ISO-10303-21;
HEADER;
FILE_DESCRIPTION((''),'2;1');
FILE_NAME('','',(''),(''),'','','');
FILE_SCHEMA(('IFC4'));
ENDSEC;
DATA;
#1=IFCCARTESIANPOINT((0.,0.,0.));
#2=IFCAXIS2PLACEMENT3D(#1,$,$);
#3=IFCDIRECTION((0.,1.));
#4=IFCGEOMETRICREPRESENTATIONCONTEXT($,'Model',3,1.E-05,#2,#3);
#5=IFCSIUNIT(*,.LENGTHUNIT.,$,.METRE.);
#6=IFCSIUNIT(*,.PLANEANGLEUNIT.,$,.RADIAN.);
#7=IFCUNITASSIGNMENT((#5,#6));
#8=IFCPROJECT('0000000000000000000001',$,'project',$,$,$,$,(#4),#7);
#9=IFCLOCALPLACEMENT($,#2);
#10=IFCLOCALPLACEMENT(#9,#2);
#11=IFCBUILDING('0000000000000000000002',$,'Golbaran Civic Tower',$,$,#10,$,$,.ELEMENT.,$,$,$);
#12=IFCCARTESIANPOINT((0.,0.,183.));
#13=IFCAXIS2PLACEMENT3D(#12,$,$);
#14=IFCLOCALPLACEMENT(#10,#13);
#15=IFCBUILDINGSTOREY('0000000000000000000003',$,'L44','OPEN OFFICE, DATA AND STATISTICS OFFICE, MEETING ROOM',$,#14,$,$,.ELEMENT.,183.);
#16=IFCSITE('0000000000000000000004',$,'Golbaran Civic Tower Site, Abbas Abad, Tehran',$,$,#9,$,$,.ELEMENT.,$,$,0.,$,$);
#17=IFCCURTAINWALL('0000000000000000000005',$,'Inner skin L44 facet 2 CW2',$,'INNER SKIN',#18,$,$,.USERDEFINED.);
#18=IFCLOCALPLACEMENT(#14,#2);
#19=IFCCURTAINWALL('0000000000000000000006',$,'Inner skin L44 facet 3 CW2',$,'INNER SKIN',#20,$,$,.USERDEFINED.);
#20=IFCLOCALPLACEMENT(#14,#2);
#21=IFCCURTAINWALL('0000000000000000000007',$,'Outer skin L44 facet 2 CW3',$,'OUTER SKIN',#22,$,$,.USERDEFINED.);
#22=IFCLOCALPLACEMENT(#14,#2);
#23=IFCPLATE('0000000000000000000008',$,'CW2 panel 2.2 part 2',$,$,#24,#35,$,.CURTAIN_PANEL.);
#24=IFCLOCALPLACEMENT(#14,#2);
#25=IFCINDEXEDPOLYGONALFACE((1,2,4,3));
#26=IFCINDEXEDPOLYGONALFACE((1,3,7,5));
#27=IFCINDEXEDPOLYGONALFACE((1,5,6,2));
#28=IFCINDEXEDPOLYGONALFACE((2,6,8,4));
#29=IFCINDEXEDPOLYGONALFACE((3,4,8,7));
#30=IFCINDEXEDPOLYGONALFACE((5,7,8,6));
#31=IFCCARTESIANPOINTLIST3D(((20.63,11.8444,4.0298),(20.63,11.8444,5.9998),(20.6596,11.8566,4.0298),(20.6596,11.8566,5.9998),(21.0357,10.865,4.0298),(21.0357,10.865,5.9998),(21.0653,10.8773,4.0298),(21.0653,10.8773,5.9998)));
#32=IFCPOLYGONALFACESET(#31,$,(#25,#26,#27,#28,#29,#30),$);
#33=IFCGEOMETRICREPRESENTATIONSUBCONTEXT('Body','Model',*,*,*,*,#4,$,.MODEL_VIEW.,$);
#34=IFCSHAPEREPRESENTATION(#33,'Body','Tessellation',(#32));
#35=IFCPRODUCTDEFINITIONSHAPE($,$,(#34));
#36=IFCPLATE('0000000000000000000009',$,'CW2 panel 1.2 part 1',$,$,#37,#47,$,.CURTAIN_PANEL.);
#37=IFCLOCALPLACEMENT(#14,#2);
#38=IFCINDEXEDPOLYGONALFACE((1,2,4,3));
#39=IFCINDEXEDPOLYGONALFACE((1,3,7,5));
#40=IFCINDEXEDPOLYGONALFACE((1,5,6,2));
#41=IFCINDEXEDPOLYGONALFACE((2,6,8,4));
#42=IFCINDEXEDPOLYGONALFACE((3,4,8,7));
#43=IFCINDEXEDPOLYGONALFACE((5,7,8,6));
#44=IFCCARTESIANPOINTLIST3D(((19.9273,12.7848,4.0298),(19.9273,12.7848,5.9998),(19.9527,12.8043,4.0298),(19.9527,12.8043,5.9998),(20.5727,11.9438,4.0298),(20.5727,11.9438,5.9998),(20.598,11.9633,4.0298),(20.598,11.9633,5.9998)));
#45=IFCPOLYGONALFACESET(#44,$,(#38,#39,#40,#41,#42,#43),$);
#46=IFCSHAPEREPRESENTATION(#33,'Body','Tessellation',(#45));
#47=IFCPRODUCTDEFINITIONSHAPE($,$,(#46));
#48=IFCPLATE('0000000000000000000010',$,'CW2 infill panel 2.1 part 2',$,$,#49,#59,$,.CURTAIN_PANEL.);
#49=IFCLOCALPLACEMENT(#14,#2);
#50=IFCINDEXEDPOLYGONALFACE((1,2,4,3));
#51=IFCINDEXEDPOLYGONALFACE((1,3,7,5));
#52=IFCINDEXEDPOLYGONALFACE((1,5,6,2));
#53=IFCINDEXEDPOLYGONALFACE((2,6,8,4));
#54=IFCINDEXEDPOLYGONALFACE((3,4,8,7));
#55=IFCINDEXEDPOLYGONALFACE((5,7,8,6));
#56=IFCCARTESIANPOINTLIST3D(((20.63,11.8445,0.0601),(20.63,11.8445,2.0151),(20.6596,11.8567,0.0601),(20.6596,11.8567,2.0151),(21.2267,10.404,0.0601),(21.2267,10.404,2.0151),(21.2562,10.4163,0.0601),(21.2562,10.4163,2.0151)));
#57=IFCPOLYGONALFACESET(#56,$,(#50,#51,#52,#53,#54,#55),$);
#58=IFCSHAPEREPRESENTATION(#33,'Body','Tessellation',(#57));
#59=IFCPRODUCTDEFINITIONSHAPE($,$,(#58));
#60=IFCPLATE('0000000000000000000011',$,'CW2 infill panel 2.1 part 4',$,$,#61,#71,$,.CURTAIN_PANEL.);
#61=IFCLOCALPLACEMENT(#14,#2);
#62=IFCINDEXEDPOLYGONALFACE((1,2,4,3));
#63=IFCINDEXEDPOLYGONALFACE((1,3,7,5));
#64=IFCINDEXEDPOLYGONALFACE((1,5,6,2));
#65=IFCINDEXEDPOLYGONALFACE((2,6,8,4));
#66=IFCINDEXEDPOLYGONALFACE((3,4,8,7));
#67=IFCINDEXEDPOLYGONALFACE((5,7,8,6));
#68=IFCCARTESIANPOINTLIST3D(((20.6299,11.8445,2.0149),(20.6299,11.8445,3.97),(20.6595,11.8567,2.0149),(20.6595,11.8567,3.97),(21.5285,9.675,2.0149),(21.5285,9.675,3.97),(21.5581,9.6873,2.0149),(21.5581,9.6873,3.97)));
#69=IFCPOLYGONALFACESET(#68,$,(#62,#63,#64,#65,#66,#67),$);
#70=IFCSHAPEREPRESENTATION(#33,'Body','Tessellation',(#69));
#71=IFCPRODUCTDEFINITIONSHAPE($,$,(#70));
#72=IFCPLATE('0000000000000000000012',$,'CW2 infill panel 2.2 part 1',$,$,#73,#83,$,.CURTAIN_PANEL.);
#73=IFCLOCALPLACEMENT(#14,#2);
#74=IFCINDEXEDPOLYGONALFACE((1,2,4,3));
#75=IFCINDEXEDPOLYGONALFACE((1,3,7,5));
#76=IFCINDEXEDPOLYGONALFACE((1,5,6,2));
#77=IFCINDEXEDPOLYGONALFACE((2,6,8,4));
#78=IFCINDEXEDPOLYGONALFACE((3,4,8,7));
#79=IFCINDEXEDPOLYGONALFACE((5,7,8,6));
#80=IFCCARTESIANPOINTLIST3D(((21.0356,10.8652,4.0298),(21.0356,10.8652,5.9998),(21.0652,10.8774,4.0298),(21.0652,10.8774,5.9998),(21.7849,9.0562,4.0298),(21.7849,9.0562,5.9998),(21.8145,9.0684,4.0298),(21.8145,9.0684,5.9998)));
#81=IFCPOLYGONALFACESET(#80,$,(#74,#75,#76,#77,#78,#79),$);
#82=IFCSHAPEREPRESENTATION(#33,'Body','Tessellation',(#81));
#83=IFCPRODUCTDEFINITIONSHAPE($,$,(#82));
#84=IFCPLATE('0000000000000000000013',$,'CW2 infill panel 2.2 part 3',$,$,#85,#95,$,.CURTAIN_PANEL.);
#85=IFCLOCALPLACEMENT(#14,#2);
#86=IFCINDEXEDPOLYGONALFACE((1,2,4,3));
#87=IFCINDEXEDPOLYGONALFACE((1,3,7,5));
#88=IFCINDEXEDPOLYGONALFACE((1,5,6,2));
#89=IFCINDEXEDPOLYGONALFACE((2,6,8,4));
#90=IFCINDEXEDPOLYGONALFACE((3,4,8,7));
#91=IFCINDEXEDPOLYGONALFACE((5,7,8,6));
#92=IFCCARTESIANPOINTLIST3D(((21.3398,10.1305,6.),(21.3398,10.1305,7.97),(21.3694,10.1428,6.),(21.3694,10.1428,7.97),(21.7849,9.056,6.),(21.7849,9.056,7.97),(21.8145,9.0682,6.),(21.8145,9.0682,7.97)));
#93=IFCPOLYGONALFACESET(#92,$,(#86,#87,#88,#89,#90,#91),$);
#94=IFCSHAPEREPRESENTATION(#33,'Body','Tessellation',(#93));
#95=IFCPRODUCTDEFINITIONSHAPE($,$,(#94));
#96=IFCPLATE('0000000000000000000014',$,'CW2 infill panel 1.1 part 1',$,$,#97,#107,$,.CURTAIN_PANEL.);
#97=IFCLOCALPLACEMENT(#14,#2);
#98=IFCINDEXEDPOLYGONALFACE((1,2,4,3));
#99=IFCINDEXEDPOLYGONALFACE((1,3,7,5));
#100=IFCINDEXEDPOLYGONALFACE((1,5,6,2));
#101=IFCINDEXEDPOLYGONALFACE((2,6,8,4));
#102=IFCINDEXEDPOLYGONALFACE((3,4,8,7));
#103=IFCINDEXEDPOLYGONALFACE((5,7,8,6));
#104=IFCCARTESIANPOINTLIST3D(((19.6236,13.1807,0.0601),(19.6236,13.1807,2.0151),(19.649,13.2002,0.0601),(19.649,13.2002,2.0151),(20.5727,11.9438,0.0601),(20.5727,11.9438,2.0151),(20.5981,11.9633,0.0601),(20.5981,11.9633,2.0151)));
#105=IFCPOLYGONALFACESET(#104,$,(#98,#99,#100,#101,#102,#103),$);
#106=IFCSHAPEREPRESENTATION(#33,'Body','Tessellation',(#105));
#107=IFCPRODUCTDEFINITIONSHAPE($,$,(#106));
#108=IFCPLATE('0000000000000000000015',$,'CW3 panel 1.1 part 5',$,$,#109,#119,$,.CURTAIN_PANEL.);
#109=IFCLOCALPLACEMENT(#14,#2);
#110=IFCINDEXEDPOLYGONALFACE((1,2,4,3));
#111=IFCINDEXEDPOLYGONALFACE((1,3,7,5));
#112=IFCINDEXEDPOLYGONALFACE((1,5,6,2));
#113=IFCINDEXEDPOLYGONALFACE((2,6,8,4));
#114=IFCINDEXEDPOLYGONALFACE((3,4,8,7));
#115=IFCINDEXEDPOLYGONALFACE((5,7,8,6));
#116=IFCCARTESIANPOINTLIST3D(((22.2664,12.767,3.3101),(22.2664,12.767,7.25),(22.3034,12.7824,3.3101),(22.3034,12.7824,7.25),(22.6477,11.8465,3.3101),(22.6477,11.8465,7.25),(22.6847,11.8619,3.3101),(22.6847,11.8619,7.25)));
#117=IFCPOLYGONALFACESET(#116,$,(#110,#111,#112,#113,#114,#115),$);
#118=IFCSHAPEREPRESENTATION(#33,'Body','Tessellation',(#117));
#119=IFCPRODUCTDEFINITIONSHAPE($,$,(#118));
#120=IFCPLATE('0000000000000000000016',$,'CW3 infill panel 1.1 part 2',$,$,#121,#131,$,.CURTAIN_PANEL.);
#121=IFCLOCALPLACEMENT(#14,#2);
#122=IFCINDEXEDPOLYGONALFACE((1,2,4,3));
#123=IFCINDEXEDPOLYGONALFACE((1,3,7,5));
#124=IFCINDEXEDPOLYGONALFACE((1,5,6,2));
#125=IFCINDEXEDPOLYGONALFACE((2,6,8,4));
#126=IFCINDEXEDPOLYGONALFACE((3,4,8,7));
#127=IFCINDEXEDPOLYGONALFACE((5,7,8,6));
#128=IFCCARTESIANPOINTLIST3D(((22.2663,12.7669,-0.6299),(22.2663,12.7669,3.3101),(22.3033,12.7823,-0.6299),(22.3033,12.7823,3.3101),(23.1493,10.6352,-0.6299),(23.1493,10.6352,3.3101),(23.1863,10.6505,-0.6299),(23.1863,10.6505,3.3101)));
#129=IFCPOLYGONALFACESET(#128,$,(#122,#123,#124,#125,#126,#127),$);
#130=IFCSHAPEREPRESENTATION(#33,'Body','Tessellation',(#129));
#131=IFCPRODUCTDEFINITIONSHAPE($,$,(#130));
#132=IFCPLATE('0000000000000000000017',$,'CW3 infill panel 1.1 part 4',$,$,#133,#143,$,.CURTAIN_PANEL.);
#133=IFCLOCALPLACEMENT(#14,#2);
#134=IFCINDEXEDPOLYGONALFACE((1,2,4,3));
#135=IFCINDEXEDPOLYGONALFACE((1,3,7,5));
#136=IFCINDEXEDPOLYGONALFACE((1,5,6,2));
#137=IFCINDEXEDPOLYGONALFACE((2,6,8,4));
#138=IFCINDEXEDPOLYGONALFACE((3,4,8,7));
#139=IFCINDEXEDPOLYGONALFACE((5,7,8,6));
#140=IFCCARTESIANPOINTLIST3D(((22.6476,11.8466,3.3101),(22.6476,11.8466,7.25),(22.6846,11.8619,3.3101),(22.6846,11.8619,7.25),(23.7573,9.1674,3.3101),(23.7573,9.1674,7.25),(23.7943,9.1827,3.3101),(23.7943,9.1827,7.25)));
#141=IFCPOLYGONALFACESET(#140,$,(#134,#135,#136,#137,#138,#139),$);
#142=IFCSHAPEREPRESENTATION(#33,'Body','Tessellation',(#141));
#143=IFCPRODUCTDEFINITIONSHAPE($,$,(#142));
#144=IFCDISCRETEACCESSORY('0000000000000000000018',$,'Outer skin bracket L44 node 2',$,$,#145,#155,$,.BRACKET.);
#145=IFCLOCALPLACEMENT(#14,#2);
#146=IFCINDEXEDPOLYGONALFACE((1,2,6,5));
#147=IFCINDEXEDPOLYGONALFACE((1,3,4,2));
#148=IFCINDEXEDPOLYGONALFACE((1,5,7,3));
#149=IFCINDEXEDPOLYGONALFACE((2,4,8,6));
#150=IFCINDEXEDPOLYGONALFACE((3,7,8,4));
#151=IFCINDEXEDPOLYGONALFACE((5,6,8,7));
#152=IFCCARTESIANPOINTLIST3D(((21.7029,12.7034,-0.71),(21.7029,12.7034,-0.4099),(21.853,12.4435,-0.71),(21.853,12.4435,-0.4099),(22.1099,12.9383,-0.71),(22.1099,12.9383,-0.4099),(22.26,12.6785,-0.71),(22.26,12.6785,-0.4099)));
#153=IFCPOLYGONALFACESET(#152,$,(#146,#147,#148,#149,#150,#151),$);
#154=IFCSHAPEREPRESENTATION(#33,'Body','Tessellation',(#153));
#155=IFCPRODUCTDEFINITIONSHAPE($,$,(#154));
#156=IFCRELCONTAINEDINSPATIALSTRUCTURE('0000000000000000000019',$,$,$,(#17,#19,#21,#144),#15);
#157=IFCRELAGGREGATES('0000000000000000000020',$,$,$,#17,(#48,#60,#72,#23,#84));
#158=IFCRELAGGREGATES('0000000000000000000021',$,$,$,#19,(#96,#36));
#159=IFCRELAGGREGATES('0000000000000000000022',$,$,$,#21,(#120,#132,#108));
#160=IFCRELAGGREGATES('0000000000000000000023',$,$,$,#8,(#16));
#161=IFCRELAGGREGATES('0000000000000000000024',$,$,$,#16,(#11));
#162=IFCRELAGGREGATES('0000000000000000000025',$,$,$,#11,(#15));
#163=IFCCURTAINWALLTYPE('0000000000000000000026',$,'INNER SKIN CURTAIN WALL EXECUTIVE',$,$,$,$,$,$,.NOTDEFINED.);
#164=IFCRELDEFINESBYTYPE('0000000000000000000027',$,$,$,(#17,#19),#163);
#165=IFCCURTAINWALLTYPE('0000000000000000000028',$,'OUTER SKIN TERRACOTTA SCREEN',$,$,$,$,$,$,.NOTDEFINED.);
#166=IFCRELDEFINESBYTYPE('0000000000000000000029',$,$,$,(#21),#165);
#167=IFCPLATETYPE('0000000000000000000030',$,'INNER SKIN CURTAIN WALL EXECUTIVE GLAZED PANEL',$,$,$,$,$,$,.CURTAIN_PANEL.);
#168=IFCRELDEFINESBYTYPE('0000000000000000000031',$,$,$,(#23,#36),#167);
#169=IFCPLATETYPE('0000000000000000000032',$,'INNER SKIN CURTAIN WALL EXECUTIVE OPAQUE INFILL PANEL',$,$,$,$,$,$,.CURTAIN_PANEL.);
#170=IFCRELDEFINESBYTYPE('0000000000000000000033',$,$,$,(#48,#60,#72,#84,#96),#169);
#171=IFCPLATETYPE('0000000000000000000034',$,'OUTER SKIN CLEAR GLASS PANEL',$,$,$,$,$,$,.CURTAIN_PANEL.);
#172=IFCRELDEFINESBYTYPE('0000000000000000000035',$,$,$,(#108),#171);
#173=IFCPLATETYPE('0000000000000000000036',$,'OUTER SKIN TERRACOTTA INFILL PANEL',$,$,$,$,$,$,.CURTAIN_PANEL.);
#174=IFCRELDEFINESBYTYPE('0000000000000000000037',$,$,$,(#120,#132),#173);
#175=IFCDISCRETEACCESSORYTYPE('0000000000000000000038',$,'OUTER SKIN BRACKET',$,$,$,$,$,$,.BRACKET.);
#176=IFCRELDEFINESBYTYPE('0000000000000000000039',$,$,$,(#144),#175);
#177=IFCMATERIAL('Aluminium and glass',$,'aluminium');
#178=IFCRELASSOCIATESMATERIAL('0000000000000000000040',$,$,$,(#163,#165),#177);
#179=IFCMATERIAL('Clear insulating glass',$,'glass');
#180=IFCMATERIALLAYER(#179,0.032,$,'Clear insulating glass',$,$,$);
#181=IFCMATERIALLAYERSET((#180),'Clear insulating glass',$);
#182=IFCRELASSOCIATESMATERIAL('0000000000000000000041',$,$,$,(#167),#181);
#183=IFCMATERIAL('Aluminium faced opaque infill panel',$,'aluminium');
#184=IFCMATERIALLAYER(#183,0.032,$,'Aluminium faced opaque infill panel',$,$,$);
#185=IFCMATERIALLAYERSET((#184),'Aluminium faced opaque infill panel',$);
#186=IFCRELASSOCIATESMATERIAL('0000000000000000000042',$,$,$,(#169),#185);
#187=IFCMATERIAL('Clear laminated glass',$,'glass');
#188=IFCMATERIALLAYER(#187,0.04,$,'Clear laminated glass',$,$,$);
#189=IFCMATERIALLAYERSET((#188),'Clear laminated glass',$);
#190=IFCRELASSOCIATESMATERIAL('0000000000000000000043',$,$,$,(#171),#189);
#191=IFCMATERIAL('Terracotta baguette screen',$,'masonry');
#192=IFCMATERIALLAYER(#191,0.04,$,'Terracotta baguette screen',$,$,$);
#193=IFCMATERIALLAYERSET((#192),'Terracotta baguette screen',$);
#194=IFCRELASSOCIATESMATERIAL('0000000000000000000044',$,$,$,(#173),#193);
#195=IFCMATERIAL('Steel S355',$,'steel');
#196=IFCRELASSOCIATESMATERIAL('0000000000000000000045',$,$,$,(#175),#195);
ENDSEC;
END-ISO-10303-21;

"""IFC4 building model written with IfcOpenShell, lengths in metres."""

from ifc_helpers import new_model, si_unit, direction, frame, origin, origin_2d, place, context, subcontext, project, spatial, rectangle, extrude, material, layer, layer_set, type_object, element, aggregate, save


model = new_model("IFC4")

# Units and contexts
model_context = context("Model", 3, precision=1e-05, world=origin(), true_north=direction((0.0, 1.0)))
body_context = subcontext(model_context, "Body", "Model", "MODEL_VIEW")
ifc_project = project(units=[si_unit("LENGTHUNIT", "METRE"), si_unit("PLANEANGLEUNIT", "RADIAN")], contexts=[model_context])

# Site, building, storey
site_placement = place(None, origin())
site = spatial("IfcSite", under=ifc_project, at=site_placement, Name="Golbaran Civic Tower Site, Abbas Abad, Tehran", CompositionType="ELEMENT", RefElevation=0.0)
building_placement = place(site_placement, origin())
building = spatial("IfcBuilding", under=site, at=building_placement, Name="Golbaran Civic Tower", CompositionType="ELEMENT")
storey_placement = place(building_placement, frame((0.0, 0.0, 183.0)))
storey = spatial("IfcBuildingStorey", under=building, at=storey_placement, Name="L44", Description="OPEN OFFICE, DATA AND STATISTICS OFFICE, MEETING ROOM", CompositionType="ELEMENT", Elevation=183.0)

# Shared definitions
ifc_material_1 = material(Name="Steel S355", Category="steel")

# Curtain wall
ifc_material_2 = material(Name="Aluminium and glass", Category="aluminium")
curtain_wall_type_1 = type_object("IfcCurtainWallType", Name="INNER SKIN CURTAIN WALL EXECUTIVE", PredefinedType="NOTDEFINED", material=ifc_material_2)
curtain_wall_1_placement = place(storey_placement, origin())
curtain_wall_1 = element("IfcCurtainWall", 1, at=curtain_wall_1_placement, inside=storey, type_object=curtain_wall_type_1, Name="Inner skin L44 facet 2 CW2", ObjectType="INNER SKIN", PredefinedType="USERDEFINED")

# Curtain wall
curtain_wall_2_placement = place(storey_placement, origin())
curtain_wall_2 = element("IfcCurtainWall", 2, at=curtain_wall_2_placement, inside=storey, type_object=curtain_wall_type_1, Name="Inner skin L44 facet 3 CW2", ObjectType="INNER SKIN", PredefinedType="USERDEFINED")

# Curtain wall
curtain_wall_type_2 = type_object("IfcCurtainWallType", Name="OUTER SKIN TERRACOTTA SCREEN", PredefinedType="NOTDEFINED", material=ifc_material_2)
curtain_wall_3_placement = place(storey_placement, origin())
curtain_wall_3 = element("IfcCurtainWall", 3, at=curtain_wall_3_placement, inside=storey, type_object=curtain_wall_type_2, Name="Outer skin L44 facet 2 CW3", ObjectType="OUTER SKIN", PredefinedType="USERDEFINED")

# Plates
ifc_material_3 = material(Name="Clear insulating glass", Category="glass")
ifc_layer_1 = layer(ifc_material_3, 0.032, Name="Clear insulating glass")
ifc_layer_set_1 = layer_set([ifc_layer_1], Name="Clear insulating glass")
plate_type_1 = type_object("IfcPlateType", Name="INNER SKIN CURTAIN WALL EXECUTIVE GLAZED PANEL", PredefinedType="CURTAIN_PANEL", material=ifc_layer_set_1)
plate_1_placement = place(storey_placement, frame((20.8477, 11.3608, 4.0298), z_axis=(0.0, 0.0, 1.0), x_axis=(-0.382683, 0.92388, 0.0)))
plate_1 = element("IfcPlate", 4, at=plate_1_placement, type_object=plate_type_1, Name="CW2 panel 2.2 part 2", PredefinedType="CURTAIN_PANEL", context=body_context, shape_type="SweptSolid", body=[
    extrude(rectangle(XDim=1.0601, YDim=0.032, at=origin_2d()), origin(), (0.0, 0.0, 1.0), 1.97),
])
plate_2_placement = place(storey_placement, frame((20.2627, 12.374, 4.0298), z_axis=(0.0, 0.0, 1.0), x_axis=(-0.608761, 0.793353, 0.0)))
plate_2 = element("IfcPlate", 5, at=plate_2_placement, type_object=plate_type_1, Name="CW2 panel 1.2 part 1", PredefinedType="CURTAIN_PANEL", context=body_context, shape_type="SweptSolid", body=[
    extrude(rectangle(XDim=1.0601, YDim=0.032, at=origin_2d()), origin(), (0.0, 0.0, 1.0), 1.97),
])
ifc_material_4 = material(Name="Aluminium faced opaque infill panel", Category="aluminium")
ifc_layer_2 = layer(ifc_material_4, 0.032, Name="Aluminium faced opaque infill panel")
ifc_layer_set_2 = layer_set([ifc_layer_2], Name="Aluminium faced opaque infill panel")
plate_type_2 = type_object("IfcPlateType", Name="INNER SKIN CURTAIN WALL EXECUTIVE OPAQUE INFILL PANEL", PredefinedType="CURTAIN_PANEL", material=ifc_layer_set_2)
plate_3_placement = place(storey_placement, frame((20.9431, 11.1304, 0.0601), z_axis=(0.0, 0.0, 1.0), x_axis=(-0.382683, 0.92388, 0.0)))
plate_3 = element("IfcPlate", 6, at=plate_3_placement, type_object=plate_type_2, Name="CW2 infill panel 2.1 part 2", PredefinedType="CURTAIN_PANEL", context=body_context, shape_type="SweptSolid", body=[
    extrude(rectangle(XDim=1.5591, YDim=0.032, at=origin_2d()), origin(), (0.0, 0.0, 1.0), 1.9551),
])
plate_4_placement = place(storey_placement, frame((21.094, 10.7659, 2.0149), z_axis=(0.0, 0.0, 1.0), x_axis=(-0.382683, 0.92388, 0.0)))
plate_4 = element("IfcPlate", 7, at=plate_4_placement, type_object=plate_type_2, Name="CW2 infill panel 2.1 part 4", PredefinedType="CURTAIN_PANEL", context=body_context, shape_type="SweptSolid", body=[
    extrude(rectangle(XDim=2.3481, YDim=0.032, at=origin_2d()), origin(), (0.0, 0.0, 1.0), 1.9551),
])
plate_5_placement = place(storey_placement, frame((21.425, 9.9668, 4.0298), z_axis=(0.0, 0.0, 1.0), x_axis=(-0.382683, 0.92388, 0.0)))
plate_5 = element("IfcPlate", 8, at=plate_5_placement, type_object=plate_type_2, Name="CW2 infill panel 2.2 part 1", PredefinedType="CURTAIN_PANEL", context=body_context, shape_type="SweptSolid", body=[
    extrude(rectangle(XDim=1.958, YDim=0.032, at=origin_2d()), origin(), (0.0, 0.0, 1.0), 1.97),
])
plate_6_placement = place(storey_placement, frame((21.5771, 9.5994, 6.0), z_axis=(0.0, 0.0, 1.0), x_axis=(-0.382683, 0.92388, 0.0)))
plate_6 = element("IfcPlate", 9, at=plate_6_placement, type_object=plate_type_2, Name="CW2 infill panel 2.2 part 3", PredefinedType="CURTAIN_PANEL", context=body_context, shape_type="SweptSolid", body=[
    extrude(rectangle(XDim=1.1631, YDim=0.032, at=origin_2d()), origin(), (0.0, 0.0, 1.0), 1.97),
])
aggregate(curtain_wall_1, [plate_3, plate_4, plate_5, plate_1, plate_6])
plate_7_placement = place(storey_placement, frame((20.1108, 12.572, 0.0601), z_axis=(0.0, 0.0, 1.0), x_axis=(-0.608761, 0.793353, 0.0)))
plate_7 = element("IfcPlate", 10, at=plate_7_placement, type_object=plate_type_2, Name="CW2 infill panel 1.1 part 1", PredefinedType="CURTAIN_PANEL", context=body_context, shape_type="SweptSolid", body=[
    extrude(rectangle(XDim=1.5591, YDim=0.032, at=origin_2d()), origin(), (0.0, 0.0, 1.0), 1.9551),
])
aggregate(curtain_wall_2, [plate_7, plate_2])
ifc_material_5 = material(Name="Clear laminated glass", Category="glass")
ifc_layer_3 = layer(ifc_material_5, 0.04, Name="Clear laminated glass")
ifc_layer_set_3 = layer_set([ifc_layer_3], Name="Clear laminated glass")
plate_type_3 = type_object("IfcPlateType", Name="OUTER SKIN CLEAR GLASS PANEL", PredefinedType="CURTAIN_PANEL", material=ifc_layer_set_3)
plate_8_placement = place(storey_placement, frame((22.4756, 12.3145, 3.3101), z_axis=(0.0, 0.0, 1.0), x_axis=(-0.382683, 0.92388, 0.0)))
plate_8 = element("IfcPlate", 11, at=plate_8_placement, type_object=plate_type_3, Name="CW3 panel 1.1 part 5", PredefinedType="CURTAIN_PANEL", context=body_context, shape_type="SweptSolid", body=[
    extrude(rectangle(XDim=0.9963, YDim=0.04, at=origin_2d()), origin(), (0.0, 0.0, 1.0), 3.9399),
])
ifc_material_6 = material(Name="Terracotta baguette screen", Category="masonry")
ifc_layer_4 = layer(ifc_material_6, 0.04, Name="Terracotta baguette screen")
ifc_layer_set_4 = layer_set([ifc_layer_4], Name="Terracotta baguette screen")
plate_type_4 = type_object("IfcPlateType", Name="OUTER SKIN TERRACOTTA INFILL PANEL", PredefinedType="CURTAIN_PANEL", material=ifc_layer_set_4)
plate_9_placement = place(storey_placement, frame((22.7263, 11.7087, -0.6299), z_axis=(0.0, 0.0, 1.0), x_axis=(-0.382683, 0.92388, 0.0)))
plate_9 = element("IfcPlate", 12, at=plate_9_placement, type_object=plate_type_4, Name="CW3 infill panel 1.1 part 2", PredefinedType="CURTAIN_PANEL", context=body_context, shape_type="SweptSolid", body=[
    extrude(rectangle(XDim=2.3074, YDim=0.04, at=origin_2d()), origin(), (0.0, 0.0, 1.0), 3.9399),
])
plate_10_placement = place(storey_placement, frame((23.2209, 10.5146, 3.3101), z_axis=(0.0, 0.0, 1.0), x_axis=(-0.382683, 0.92388, 0.0)))
plate_10 = element("IfcPlate", 13, at=plate_10_placement, type_object=plate_type_4, Name="CW3 infill panel 1.1 part 4", PredefinedType="CURTAIN_PANEL", context=body_context, shape_type="SweptSolid", body=[
    extrude(rectangle(XDim=2.8999, YDim=0.04, at=origin_2d()), origin(), (0.0, 0.0, 1.0), 3.9399),
])
aggregate(curtain_wall_3, [plate_9, plate_10, plate_8])

# Discrete accessory
discrete_accessory_type = type_object("IfcDiscreteAccessoryType", Name="OUTER SKIN BRACKET", PredefinedType="BRACKET", material=ifc_material_1)
discrete_accessory_placement = place(storey_placement, frame((21.9814, 12.6909, -0.71), z_axis=(0.0, 0.0, 1.0), x_axis=(0.866025, 0.5, 0.0)))
element("IfcDiscreteAccessory", 14, at=discrete_accessory_placement, inside=storey, type_object=discrete_accessory_type, Name="Outer skin bracket L44 node 2", PredefinedType="BRACKET", context=body_context, shape_type="SweptSolid", body=[
    extrude(rectangle(XDim=0.47, YDim=0.3, at=origin_2d()), origin(), (0.0, 0.0, 1.0), 0.3),
])

save(model, "model.ifc")
